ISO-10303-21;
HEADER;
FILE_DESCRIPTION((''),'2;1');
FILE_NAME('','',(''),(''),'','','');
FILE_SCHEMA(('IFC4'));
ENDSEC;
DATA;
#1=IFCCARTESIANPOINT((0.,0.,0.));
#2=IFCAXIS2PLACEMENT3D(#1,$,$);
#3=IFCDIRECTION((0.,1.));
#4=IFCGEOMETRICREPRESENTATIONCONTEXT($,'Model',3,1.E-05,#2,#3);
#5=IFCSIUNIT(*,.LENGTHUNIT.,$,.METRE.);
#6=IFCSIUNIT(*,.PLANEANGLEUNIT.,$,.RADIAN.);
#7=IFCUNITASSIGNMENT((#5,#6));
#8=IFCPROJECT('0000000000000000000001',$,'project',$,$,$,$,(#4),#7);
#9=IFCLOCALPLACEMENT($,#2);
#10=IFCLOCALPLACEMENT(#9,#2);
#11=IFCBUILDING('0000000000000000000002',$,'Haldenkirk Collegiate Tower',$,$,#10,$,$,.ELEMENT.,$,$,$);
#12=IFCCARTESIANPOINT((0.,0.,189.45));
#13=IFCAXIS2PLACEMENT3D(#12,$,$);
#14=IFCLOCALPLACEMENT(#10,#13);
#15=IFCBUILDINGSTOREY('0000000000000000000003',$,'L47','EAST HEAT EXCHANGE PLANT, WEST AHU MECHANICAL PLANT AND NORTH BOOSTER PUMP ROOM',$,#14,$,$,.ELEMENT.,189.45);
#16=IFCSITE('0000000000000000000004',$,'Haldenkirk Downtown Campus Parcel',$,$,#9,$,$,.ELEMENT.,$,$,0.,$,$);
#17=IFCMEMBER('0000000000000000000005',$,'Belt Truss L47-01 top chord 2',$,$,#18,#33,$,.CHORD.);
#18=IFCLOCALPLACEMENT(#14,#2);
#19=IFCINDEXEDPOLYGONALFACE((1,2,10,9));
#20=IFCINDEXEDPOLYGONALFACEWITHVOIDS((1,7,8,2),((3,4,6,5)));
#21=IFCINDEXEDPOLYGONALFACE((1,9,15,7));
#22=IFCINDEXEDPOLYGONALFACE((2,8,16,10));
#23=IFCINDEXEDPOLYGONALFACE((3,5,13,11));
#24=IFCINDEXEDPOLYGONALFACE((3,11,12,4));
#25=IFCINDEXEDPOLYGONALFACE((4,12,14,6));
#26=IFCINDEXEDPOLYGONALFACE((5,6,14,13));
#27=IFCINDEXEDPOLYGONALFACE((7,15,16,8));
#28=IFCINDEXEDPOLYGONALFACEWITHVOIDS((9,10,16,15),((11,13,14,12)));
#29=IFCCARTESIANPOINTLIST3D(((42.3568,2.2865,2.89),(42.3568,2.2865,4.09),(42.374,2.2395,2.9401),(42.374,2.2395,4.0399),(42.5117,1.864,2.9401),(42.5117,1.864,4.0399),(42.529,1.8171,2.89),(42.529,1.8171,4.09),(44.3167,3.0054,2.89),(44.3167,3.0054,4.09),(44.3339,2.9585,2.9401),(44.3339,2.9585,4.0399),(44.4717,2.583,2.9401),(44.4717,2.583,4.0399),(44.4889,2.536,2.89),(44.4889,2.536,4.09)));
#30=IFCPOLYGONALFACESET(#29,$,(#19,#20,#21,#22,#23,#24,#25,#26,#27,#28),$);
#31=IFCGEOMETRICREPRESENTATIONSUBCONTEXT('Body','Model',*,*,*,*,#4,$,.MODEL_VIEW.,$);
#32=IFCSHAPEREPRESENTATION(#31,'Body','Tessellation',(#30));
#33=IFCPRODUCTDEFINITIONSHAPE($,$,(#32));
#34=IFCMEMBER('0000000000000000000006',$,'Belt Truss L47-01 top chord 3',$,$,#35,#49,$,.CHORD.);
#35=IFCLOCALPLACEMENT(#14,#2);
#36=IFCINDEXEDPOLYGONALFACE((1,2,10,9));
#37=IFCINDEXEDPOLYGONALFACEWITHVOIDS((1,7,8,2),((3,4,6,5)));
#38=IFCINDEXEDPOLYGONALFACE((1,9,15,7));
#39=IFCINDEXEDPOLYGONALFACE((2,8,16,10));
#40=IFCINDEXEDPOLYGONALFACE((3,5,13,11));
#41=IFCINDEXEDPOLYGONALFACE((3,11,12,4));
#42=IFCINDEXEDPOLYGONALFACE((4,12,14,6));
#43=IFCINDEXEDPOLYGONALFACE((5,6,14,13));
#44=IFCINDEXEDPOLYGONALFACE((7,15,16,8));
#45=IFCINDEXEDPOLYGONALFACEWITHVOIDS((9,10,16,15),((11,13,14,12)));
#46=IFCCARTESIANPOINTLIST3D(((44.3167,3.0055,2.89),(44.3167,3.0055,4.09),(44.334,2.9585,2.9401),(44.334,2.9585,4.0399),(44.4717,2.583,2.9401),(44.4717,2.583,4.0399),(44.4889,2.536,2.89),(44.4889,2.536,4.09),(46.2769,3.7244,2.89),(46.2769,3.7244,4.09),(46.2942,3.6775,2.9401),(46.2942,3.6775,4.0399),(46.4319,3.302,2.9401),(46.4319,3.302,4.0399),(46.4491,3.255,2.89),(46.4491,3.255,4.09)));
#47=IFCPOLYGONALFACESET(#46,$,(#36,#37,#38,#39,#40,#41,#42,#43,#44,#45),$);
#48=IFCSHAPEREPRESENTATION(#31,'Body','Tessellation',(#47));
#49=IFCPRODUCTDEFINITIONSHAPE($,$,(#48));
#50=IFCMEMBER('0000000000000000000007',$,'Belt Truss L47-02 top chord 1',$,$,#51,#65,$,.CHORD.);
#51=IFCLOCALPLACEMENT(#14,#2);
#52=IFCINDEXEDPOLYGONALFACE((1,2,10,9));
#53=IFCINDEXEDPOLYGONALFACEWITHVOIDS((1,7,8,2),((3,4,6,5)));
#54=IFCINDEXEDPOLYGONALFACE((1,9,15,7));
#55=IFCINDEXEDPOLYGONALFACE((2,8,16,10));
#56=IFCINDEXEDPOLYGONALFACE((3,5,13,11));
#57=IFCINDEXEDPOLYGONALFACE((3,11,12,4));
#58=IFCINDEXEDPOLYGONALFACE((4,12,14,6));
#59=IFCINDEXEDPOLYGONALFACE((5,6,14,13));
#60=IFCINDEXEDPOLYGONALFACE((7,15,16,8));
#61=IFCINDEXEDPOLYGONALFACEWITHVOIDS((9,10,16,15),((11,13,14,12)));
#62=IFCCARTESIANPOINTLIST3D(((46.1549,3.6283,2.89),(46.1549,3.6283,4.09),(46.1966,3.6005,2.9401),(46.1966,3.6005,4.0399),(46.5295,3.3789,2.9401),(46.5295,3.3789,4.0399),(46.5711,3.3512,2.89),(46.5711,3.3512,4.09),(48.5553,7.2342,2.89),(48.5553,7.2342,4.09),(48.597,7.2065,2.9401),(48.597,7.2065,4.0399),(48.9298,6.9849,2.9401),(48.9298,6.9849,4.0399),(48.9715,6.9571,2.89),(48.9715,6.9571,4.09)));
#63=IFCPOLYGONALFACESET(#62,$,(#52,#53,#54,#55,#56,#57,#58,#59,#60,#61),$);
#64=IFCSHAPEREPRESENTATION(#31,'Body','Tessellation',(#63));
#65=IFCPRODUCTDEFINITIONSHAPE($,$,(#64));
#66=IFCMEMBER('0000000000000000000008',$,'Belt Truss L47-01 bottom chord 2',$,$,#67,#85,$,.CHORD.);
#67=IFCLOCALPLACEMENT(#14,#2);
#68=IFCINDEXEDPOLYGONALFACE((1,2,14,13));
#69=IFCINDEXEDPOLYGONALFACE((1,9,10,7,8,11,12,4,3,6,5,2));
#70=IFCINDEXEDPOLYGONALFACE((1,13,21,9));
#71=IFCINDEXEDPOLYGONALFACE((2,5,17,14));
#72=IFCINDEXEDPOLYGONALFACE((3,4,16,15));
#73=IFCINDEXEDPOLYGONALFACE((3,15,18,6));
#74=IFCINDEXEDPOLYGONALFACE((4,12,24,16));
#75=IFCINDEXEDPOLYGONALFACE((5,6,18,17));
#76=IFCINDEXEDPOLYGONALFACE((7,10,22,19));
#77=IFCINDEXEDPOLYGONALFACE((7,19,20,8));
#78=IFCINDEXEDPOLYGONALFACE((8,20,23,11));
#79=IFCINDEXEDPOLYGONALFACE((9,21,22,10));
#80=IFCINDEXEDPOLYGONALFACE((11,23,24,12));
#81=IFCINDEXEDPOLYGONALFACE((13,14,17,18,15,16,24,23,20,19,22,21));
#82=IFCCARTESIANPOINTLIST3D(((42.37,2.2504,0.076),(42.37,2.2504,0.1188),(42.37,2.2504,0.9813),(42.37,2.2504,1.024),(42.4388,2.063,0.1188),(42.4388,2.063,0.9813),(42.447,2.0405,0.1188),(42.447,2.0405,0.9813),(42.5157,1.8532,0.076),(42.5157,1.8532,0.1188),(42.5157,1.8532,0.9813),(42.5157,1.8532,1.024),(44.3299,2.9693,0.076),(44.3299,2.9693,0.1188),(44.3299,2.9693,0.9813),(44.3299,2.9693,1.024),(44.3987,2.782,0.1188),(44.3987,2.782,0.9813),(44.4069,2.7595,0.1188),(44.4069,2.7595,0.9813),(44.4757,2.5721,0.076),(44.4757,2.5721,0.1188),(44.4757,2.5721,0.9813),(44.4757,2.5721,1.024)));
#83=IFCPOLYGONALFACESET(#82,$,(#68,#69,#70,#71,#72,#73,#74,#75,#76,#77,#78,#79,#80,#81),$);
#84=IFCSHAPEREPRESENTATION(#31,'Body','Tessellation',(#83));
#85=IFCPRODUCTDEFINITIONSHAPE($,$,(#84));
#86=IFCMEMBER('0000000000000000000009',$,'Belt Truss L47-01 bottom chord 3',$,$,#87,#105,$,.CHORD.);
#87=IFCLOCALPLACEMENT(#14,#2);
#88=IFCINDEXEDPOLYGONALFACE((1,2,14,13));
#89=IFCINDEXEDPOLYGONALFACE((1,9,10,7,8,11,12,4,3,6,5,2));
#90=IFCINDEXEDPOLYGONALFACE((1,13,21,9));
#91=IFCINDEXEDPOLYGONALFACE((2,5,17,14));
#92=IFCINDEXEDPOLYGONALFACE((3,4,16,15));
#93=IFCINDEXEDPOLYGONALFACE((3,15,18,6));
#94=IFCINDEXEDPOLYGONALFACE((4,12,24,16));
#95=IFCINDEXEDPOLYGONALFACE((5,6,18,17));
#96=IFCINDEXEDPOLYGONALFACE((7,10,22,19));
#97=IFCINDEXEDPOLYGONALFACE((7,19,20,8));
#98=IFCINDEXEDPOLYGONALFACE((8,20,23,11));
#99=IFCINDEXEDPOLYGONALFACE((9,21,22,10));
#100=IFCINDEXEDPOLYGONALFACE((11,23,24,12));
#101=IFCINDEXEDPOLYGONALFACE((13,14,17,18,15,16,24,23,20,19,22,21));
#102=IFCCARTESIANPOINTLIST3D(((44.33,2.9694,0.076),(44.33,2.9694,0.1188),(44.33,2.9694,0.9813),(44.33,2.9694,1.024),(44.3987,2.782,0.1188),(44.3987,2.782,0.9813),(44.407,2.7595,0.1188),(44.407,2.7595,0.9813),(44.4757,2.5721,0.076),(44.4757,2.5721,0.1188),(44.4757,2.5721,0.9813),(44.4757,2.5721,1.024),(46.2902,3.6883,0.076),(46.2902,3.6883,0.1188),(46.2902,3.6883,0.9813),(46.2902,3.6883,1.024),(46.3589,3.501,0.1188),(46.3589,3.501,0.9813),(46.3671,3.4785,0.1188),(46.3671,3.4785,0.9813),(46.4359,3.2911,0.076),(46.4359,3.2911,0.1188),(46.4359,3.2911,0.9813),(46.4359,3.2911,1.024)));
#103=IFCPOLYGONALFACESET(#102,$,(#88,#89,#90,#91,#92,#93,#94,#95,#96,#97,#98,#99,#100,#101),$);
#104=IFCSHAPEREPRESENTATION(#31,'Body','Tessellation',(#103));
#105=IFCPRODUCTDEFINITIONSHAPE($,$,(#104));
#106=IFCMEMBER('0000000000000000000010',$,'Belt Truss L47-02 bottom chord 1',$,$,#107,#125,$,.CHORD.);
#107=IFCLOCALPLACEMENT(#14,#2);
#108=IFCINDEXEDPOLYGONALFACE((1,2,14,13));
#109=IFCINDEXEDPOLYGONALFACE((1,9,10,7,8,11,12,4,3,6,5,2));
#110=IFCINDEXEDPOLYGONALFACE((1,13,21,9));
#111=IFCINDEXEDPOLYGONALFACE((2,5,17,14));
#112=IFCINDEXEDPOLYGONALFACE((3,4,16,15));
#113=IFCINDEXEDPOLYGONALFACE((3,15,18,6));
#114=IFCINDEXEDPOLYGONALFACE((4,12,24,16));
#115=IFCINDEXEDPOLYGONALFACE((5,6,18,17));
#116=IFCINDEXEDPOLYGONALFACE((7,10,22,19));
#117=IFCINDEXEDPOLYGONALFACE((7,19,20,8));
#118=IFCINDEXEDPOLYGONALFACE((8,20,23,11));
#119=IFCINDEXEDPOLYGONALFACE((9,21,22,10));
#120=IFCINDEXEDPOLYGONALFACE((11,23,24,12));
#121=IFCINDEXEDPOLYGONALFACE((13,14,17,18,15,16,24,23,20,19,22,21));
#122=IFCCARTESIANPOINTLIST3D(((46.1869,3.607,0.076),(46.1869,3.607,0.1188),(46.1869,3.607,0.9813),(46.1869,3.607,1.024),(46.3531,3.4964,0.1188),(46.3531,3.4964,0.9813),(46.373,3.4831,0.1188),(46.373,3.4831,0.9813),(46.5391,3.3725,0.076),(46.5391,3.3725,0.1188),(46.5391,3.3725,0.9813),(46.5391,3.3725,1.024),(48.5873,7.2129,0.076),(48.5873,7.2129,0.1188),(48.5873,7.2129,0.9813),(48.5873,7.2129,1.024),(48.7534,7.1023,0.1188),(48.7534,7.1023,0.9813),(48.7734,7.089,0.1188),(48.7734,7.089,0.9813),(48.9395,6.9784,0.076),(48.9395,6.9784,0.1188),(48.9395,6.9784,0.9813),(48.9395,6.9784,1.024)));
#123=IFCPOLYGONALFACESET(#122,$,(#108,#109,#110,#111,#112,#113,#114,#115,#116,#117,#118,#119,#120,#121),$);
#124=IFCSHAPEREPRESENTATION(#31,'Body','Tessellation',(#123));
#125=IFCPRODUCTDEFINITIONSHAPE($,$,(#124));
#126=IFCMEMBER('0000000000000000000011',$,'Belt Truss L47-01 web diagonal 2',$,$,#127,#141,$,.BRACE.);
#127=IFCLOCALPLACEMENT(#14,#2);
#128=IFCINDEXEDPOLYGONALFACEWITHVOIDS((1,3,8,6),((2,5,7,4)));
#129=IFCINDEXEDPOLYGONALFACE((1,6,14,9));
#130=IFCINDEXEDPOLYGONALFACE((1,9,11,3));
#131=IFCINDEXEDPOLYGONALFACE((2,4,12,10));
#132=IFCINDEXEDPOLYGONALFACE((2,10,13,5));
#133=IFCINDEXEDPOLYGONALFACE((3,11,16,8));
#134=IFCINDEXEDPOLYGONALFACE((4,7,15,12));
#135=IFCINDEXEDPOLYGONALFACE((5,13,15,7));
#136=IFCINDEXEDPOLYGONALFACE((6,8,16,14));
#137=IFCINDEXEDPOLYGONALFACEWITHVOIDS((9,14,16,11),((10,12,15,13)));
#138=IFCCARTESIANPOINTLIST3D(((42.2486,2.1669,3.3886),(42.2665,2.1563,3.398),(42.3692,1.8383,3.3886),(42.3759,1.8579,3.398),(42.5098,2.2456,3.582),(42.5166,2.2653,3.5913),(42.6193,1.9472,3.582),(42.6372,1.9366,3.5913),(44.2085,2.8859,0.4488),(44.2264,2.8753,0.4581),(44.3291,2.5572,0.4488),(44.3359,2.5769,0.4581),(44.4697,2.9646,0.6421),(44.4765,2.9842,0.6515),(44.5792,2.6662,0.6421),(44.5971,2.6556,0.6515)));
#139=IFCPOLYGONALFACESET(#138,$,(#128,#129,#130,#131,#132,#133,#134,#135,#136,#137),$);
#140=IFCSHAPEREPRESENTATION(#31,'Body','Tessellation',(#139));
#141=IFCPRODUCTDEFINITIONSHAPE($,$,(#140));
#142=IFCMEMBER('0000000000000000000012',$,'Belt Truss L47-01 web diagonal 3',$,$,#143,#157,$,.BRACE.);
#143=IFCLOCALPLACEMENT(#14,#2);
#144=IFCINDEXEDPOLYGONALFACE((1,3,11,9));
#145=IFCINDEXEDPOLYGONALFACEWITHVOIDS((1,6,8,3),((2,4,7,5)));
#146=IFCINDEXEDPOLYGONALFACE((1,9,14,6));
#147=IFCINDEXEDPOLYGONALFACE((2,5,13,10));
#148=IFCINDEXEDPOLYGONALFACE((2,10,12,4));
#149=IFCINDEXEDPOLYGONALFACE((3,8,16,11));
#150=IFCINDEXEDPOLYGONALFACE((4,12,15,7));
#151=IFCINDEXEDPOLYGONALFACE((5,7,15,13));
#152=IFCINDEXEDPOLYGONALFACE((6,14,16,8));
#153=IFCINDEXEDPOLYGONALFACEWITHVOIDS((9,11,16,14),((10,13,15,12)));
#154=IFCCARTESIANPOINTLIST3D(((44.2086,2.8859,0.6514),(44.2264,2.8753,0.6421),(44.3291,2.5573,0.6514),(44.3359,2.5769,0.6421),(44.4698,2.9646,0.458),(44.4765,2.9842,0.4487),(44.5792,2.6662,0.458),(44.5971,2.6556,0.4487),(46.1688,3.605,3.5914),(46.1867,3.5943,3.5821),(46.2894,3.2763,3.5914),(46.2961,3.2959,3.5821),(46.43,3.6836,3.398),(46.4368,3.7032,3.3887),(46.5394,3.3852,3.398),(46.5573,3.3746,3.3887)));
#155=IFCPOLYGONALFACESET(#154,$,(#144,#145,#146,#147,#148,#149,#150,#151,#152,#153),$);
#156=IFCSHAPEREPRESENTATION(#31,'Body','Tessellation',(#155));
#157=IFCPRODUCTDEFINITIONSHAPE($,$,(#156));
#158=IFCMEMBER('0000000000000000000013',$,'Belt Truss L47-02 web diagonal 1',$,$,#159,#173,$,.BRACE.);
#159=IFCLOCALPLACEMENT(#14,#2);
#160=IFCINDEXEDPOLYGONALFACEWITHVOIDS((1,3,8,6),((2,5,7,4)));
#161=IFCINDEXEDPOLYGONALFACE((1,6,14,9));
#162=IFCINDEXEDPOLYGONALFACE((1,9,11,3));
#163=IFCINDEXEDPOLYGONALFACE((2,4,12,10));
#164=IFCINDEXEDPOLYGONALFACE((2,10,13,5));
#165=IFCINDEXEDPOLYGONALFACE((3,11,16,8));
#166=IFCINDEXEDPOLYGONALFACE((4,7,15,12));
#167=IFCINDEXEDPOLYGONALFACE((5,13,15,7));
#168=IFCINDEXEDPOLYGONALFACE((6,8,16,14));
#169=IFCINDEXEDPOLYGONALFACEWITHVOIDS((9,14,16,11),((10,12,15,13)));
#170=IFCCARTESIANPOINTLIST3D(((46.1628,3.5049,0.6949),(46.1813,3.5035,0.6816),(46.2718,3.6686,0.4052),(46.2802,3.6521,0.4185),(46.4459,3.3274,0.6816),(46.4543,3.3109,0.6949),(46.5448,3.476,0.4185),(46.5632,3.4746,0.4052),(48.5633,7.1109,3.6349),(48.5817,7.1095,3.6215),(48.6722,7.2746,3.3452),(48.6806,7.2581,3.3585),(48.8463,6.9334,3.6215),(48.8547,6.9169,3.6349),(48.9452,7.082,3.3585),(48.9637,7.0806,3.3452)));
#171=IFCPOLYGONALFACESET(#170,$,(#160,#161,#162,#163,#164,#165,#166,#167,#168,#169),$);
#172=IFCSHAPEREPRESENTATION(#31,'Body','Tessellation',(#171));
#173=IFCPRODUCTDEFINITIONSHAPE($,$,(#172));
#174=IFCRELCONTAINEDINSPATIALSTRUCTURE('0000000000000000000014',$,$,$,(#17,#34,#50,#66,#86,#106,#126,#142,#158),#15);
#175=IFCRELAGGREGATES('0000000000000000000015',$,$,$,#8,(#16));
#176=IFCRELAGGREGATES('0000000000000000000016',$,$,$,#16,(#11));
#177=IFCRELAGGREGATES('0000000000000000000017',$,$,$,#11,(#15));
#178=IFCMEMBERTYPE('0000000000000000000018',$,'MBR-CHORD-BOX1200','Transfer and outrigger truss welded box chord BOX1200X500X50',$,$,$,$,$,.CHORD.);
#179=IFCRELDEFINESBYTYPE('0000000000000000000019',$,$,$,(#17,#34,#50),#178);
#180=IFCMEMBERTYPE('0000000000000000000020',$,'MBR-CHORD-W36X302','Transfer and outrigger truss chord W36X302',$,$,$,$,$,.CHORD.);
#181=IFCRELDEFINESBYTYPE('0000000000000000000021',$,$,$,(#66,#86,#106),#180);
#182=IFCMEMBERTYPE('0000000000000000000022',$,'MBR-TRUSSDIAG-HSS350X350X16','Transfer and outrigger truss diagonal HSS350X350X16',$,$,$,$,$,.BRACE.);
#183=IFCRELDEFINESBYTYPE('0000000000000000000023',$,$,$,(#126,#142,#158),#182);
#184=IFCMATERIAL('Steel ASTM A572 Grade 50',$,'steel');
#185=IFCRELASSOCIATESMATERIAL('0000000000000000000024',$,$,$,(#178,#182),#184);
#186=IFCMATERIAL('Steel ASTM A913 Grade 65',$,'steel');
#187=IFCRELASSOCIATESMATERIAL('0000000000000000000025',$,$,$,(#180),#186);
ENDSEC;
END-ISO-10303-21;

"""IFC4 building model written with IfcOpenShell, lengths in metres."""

from ifc_helpers import new_model, si_unit, direction, frame, origin, origin_2d, place, context, subcontext, project, spatial, hollow_rectangle, i_section, extrude, material, material_profile, profile_set, type_object, element, save


model = new_model("IFC4")

# Units and contexts
model_context = context("Model", 3, precision=1e-05, world=origin(), true_north=direction((0.0, 1.0)))
body_context = subcontext(model_context, "Body", "Model", "MODEL_VIEW")
ifc_project = project(units=[si_unit("LENGTHUNIT", "METRE"), si_unit("PLANEANGLEUNIT", "RADIAN")], contexts=[model_context])

# Site, building, storey
site_placement = place(None, origin())
site = spatial("IfcSite", under=ifc_project, at=site_placement, Name="Haldenkirk Downtown Campus Parcel", CompositionType="ELEMENT", RefElevation=0.0)
building_placement = place(site_placement, origin())
building = spatial("IfcBuilding", under=site, at=building_placement, Name="Haldenkirk Collegiate Tower", CompositionType="ELEMENT")
storey_placement = place(building_placement, frame((0.0, 0.0, 189.45)))
storey = spatial("IfcBuildingStorey", under=building, at=storey_placement, Name="L47", Description="EAST HEAT EXCHANGE PLANT, WEST AHU MECHANICAL PLANT AND NORTH BOOSTER PUMP ROOM", CompositionType="ELEMENT", Elevation=189.45)

# Members
ifc_material_1 = material(Name="Steel ASTM A572 Grade 50", Category="steel")
ifc_material_profile_1 = material_profile(ifc_material_1, hollow_rectangle(XDim=0.5, YDim=1.2, WallThickness=0.05, at=origin_2d()), Name="BOX1200X500X50")
ifc_profile_set_1 = profile_set([ifc_material_profile_1], Name="Steel ASTM A572 Grade 50")
member_type_1 = type_object("IfcMemberType", Name="MBR-CHORD-BOX1200", Description="Transfer and outrigger truss welded box chord BOX1200X500X50", PredefinedType="CHORD", material=ifc_profile_set_1)
member_1_placement = place(storey_placement, frame((42.4429, 2.0518, 3.49), z_axis=(0.938823, 0.344399, 0.0), x_axis=(-0.344399, 0.938823, 0.0)))
element("IfcMember", 1, at=member_1_placement, inside=storey, type_object=member_type_1, Name="Belt Truss L47-01 top chord 2", PredefinedType="CHORD", context=body_context, shape_type="SweptSolid", body=[
    extrude(hollow_rectangle(XDim=0.5, YDim=1.2, WallThickness=0.05, at=origin_2d()), origin(), (0.0, 0.0, 1.0), 2.0876),
])
member_2_placement = place(storey_placement, frame((44.4028, 2.7708, 3.49), z_axis=(0.938837, 0.344361, 0.0), x_axis=(-0.344361, 0.938837, 0.0)))
element("IfcMember", 2, at=member_2_placement, inside=storey, type_object=member_type_1, Name="Belt Truss L47-01 top chord 3", PredefinedType="CHORD", context=body_context, shape_type="SweptSolid", body=[
    extrude(hollow_rectangle(XDim=0.5, YDim=1.2, WallThickness=0.05, at=origin_2d()), origin(), (0.0, 0.0, 1.0), 2.0879),
])
member_3_placement = place(storey_placement, frame((46.363, 3.4897, 3.49), z_axis=(0.554128, 0.832432, 0.0), x_axis=(-0.832432, 0.554128, 0.0)))
element("IfcMember", 3, at=member_3_placement, inside=storey, type_object=member_type_1, Name="Belt Truss L47-02 top chord 1", PredefinedType="CHORD", context=body_context, shape_type="SweptSolid", body=[
    extrude(hollow_rectangle(XDim=0.5, YDim=1.2, WallThickness=0.05, at=origin_2d()), origin(), (0.0, 0.0, 1.0), 4.3318),
])
ifc_material_2 = material(Name="Steel ASTM A913 Grade 65", Category="steel")
ifc_material_profile_2 = material_profile(ifc_material_2, i_section(OverallWidth=0.4231, OverallDepth=0.948, WebThickness=0.0239, FlangeThickness=0.0427, at=origin_2d()), Name="W36X302")
ifc_profile_set_2 = profile_set([ifc_material_profile_2], Name="Steel ASTM A913 Grade 65")
member_type_2 = type_object("IfcMemberType", Name="MBR-CHORD-W36X302", Description="Transfer and outrigger truss chord W36X302", PredefinedType="CHORD", material=ifc_profile_set_2)
member_4_placement = place(storey_placement, frame((42.4429, 2.0518, 0.55), z_axis=(0.938823, 0.344399, 0.0), x_axis=(-0.344399, 0.938823, 0.0)))
element("IfcMember", 4, at=member_4_placement, inside=storey, type_object=member_type_2, Name="Belt Truss L47-01 bottom chord 2", PredefinedType="CHORD", context=body_context, shape_type="SweptSolid", body=[
    extrude(i_section(OverallWidth=0.4231, OverallDepth=0.948, WebThickness=0.0239, FlangeThickness=0.0427, at=origin_2d()), origin(), (0.0, 0.0, 1.0), 2.0876),
])
member_5_placement = place(storey_placement, frame((44.4028, 2.7708, 0.55), z_axis=(0.938837, 0.344361, 0.0), x_axis=(-0.344361, 0.938837, 0.0)))
element("IfcMember", 5, at=member_5_placement, inside=storey, type_object=member_type_2, Name="Belt Truss L47-01 bottom chord 3", PredefinedType="CHORD", context=body_context, shape_type="SweptSolid", body=[
    extrude(i_section(OverallWidth=0.4231, OverallDepth=0.948, WebThickness=0.0239, FlangeThickness=0.0427, at=origin_2d()), origin(), (0.0, 0.0, 1.0), 2.0879),
])
member_6_placement = place(storey_placement, frame((46.363, 3.4897, 0.55), z_axis=(0.554128, 0.832432, 0.0), x_axis=(-0.832432, 0.554128, 0.0)))
element("IfcMember", 6, at=member_6_placement, inside=storey, type_object=member_type_2, Name="Belt Truss L47-02 bottom chord 1", PredefinedType="CHORD", context=body_context, shape_type="SweptSolid", body=[
    extrude(i_section(OverallWidth=0.4231, OverallDepth=0.948, WebThickness=0.0239, FlangeThickness=0.0427, at=origin_2d()), origin(), (0.0, 0.0, 1.0), 4.3318),
])
ifc_material_profile_3 = material_profile(ifc_material_1, hollow_rectangle(XDim=0.3501, YDim=0.3501, WallThickness=0.0161, at=origin_2d()), Name="HSS350X350X16")
ifc_profile_set_3 = profile_set([ifc_material_profile_3], Name="Steel ASTM A572 Grade 50")
member_type_3 = type_object("IfcMemberType", Name="MBR-TRUSSDIAG-HSS350X350X16", Description="Transfer and outrigger truss diagonal HSS350X350X16", PredefinedType="BRACE", material=ifc_profile_set_3)
member_7_placement = place(storey_placement, frame((42.4429, 2.0518, 3.49), z_axis=(0.543561, 0.1994, -0.815341), x_axis=(-0.344399, 0.938823, 0.0)))
element("IfcMember", 7, at=member_7_placement, inside=storey, type_object=member_type_3, Name="Belt Truss L47-01 web diagonal 2", PredefinedType="BRACE", context=body_context, shape_type="SweptSolid", body=[
    extrude(hollow_rectangle(XDim=0.3501, YDim=0.3501, WallThickness=0.0161, at=origin_2d()), origin(), (0.0, 0.0, 1.0), 3.6057),
])
member_8_placement = place(storey_placement, frame((44.4028, 2.7708, 0.55), z_axis=(0.543608, 0.199393, 0.815311), x_axis=(-0.344361, 0.938837, 0.0)))
element("IfcMember", 8, at=member_8_placement, inside=storey, type_object=member_type_3, Name="Belt Truss L47-01 web diagonal 3", PredefinedType="BRACE", context=body_context, shape_type="SweptSolid", body=[
    extrude(hollow_rectangle(XDim=0.3501, YDim=0.3501, WallThickness=0.0161, at=origin_2d()), origin(), (0.0, 0.0, 1.0), 3.606),
])
member_9_placement = place(storey_placement, frame((46.363, 3.4897, 0.55), z_axis=(0.458504, 0.688781, 0.561564), x_axis=(-0.832432, 0.554128, 0.0)))
element("IfcMember", 9, at=member_9_placement, inside=storey, type_object=member_type_3, Name="Belt Truss L47-02 web diagonal 1", PredefinedType="BRACE", context=body_context, shape_type="SweptSolid", body=[
    extrude(hollow_rectangle(XDim=0.3501, YDim=0.3501, WallThickness=0.0161, at=origin_2d()), origin(), (0.0, 0.0, 1.0), 5.2354),
])

save(model, "model.ifc")
